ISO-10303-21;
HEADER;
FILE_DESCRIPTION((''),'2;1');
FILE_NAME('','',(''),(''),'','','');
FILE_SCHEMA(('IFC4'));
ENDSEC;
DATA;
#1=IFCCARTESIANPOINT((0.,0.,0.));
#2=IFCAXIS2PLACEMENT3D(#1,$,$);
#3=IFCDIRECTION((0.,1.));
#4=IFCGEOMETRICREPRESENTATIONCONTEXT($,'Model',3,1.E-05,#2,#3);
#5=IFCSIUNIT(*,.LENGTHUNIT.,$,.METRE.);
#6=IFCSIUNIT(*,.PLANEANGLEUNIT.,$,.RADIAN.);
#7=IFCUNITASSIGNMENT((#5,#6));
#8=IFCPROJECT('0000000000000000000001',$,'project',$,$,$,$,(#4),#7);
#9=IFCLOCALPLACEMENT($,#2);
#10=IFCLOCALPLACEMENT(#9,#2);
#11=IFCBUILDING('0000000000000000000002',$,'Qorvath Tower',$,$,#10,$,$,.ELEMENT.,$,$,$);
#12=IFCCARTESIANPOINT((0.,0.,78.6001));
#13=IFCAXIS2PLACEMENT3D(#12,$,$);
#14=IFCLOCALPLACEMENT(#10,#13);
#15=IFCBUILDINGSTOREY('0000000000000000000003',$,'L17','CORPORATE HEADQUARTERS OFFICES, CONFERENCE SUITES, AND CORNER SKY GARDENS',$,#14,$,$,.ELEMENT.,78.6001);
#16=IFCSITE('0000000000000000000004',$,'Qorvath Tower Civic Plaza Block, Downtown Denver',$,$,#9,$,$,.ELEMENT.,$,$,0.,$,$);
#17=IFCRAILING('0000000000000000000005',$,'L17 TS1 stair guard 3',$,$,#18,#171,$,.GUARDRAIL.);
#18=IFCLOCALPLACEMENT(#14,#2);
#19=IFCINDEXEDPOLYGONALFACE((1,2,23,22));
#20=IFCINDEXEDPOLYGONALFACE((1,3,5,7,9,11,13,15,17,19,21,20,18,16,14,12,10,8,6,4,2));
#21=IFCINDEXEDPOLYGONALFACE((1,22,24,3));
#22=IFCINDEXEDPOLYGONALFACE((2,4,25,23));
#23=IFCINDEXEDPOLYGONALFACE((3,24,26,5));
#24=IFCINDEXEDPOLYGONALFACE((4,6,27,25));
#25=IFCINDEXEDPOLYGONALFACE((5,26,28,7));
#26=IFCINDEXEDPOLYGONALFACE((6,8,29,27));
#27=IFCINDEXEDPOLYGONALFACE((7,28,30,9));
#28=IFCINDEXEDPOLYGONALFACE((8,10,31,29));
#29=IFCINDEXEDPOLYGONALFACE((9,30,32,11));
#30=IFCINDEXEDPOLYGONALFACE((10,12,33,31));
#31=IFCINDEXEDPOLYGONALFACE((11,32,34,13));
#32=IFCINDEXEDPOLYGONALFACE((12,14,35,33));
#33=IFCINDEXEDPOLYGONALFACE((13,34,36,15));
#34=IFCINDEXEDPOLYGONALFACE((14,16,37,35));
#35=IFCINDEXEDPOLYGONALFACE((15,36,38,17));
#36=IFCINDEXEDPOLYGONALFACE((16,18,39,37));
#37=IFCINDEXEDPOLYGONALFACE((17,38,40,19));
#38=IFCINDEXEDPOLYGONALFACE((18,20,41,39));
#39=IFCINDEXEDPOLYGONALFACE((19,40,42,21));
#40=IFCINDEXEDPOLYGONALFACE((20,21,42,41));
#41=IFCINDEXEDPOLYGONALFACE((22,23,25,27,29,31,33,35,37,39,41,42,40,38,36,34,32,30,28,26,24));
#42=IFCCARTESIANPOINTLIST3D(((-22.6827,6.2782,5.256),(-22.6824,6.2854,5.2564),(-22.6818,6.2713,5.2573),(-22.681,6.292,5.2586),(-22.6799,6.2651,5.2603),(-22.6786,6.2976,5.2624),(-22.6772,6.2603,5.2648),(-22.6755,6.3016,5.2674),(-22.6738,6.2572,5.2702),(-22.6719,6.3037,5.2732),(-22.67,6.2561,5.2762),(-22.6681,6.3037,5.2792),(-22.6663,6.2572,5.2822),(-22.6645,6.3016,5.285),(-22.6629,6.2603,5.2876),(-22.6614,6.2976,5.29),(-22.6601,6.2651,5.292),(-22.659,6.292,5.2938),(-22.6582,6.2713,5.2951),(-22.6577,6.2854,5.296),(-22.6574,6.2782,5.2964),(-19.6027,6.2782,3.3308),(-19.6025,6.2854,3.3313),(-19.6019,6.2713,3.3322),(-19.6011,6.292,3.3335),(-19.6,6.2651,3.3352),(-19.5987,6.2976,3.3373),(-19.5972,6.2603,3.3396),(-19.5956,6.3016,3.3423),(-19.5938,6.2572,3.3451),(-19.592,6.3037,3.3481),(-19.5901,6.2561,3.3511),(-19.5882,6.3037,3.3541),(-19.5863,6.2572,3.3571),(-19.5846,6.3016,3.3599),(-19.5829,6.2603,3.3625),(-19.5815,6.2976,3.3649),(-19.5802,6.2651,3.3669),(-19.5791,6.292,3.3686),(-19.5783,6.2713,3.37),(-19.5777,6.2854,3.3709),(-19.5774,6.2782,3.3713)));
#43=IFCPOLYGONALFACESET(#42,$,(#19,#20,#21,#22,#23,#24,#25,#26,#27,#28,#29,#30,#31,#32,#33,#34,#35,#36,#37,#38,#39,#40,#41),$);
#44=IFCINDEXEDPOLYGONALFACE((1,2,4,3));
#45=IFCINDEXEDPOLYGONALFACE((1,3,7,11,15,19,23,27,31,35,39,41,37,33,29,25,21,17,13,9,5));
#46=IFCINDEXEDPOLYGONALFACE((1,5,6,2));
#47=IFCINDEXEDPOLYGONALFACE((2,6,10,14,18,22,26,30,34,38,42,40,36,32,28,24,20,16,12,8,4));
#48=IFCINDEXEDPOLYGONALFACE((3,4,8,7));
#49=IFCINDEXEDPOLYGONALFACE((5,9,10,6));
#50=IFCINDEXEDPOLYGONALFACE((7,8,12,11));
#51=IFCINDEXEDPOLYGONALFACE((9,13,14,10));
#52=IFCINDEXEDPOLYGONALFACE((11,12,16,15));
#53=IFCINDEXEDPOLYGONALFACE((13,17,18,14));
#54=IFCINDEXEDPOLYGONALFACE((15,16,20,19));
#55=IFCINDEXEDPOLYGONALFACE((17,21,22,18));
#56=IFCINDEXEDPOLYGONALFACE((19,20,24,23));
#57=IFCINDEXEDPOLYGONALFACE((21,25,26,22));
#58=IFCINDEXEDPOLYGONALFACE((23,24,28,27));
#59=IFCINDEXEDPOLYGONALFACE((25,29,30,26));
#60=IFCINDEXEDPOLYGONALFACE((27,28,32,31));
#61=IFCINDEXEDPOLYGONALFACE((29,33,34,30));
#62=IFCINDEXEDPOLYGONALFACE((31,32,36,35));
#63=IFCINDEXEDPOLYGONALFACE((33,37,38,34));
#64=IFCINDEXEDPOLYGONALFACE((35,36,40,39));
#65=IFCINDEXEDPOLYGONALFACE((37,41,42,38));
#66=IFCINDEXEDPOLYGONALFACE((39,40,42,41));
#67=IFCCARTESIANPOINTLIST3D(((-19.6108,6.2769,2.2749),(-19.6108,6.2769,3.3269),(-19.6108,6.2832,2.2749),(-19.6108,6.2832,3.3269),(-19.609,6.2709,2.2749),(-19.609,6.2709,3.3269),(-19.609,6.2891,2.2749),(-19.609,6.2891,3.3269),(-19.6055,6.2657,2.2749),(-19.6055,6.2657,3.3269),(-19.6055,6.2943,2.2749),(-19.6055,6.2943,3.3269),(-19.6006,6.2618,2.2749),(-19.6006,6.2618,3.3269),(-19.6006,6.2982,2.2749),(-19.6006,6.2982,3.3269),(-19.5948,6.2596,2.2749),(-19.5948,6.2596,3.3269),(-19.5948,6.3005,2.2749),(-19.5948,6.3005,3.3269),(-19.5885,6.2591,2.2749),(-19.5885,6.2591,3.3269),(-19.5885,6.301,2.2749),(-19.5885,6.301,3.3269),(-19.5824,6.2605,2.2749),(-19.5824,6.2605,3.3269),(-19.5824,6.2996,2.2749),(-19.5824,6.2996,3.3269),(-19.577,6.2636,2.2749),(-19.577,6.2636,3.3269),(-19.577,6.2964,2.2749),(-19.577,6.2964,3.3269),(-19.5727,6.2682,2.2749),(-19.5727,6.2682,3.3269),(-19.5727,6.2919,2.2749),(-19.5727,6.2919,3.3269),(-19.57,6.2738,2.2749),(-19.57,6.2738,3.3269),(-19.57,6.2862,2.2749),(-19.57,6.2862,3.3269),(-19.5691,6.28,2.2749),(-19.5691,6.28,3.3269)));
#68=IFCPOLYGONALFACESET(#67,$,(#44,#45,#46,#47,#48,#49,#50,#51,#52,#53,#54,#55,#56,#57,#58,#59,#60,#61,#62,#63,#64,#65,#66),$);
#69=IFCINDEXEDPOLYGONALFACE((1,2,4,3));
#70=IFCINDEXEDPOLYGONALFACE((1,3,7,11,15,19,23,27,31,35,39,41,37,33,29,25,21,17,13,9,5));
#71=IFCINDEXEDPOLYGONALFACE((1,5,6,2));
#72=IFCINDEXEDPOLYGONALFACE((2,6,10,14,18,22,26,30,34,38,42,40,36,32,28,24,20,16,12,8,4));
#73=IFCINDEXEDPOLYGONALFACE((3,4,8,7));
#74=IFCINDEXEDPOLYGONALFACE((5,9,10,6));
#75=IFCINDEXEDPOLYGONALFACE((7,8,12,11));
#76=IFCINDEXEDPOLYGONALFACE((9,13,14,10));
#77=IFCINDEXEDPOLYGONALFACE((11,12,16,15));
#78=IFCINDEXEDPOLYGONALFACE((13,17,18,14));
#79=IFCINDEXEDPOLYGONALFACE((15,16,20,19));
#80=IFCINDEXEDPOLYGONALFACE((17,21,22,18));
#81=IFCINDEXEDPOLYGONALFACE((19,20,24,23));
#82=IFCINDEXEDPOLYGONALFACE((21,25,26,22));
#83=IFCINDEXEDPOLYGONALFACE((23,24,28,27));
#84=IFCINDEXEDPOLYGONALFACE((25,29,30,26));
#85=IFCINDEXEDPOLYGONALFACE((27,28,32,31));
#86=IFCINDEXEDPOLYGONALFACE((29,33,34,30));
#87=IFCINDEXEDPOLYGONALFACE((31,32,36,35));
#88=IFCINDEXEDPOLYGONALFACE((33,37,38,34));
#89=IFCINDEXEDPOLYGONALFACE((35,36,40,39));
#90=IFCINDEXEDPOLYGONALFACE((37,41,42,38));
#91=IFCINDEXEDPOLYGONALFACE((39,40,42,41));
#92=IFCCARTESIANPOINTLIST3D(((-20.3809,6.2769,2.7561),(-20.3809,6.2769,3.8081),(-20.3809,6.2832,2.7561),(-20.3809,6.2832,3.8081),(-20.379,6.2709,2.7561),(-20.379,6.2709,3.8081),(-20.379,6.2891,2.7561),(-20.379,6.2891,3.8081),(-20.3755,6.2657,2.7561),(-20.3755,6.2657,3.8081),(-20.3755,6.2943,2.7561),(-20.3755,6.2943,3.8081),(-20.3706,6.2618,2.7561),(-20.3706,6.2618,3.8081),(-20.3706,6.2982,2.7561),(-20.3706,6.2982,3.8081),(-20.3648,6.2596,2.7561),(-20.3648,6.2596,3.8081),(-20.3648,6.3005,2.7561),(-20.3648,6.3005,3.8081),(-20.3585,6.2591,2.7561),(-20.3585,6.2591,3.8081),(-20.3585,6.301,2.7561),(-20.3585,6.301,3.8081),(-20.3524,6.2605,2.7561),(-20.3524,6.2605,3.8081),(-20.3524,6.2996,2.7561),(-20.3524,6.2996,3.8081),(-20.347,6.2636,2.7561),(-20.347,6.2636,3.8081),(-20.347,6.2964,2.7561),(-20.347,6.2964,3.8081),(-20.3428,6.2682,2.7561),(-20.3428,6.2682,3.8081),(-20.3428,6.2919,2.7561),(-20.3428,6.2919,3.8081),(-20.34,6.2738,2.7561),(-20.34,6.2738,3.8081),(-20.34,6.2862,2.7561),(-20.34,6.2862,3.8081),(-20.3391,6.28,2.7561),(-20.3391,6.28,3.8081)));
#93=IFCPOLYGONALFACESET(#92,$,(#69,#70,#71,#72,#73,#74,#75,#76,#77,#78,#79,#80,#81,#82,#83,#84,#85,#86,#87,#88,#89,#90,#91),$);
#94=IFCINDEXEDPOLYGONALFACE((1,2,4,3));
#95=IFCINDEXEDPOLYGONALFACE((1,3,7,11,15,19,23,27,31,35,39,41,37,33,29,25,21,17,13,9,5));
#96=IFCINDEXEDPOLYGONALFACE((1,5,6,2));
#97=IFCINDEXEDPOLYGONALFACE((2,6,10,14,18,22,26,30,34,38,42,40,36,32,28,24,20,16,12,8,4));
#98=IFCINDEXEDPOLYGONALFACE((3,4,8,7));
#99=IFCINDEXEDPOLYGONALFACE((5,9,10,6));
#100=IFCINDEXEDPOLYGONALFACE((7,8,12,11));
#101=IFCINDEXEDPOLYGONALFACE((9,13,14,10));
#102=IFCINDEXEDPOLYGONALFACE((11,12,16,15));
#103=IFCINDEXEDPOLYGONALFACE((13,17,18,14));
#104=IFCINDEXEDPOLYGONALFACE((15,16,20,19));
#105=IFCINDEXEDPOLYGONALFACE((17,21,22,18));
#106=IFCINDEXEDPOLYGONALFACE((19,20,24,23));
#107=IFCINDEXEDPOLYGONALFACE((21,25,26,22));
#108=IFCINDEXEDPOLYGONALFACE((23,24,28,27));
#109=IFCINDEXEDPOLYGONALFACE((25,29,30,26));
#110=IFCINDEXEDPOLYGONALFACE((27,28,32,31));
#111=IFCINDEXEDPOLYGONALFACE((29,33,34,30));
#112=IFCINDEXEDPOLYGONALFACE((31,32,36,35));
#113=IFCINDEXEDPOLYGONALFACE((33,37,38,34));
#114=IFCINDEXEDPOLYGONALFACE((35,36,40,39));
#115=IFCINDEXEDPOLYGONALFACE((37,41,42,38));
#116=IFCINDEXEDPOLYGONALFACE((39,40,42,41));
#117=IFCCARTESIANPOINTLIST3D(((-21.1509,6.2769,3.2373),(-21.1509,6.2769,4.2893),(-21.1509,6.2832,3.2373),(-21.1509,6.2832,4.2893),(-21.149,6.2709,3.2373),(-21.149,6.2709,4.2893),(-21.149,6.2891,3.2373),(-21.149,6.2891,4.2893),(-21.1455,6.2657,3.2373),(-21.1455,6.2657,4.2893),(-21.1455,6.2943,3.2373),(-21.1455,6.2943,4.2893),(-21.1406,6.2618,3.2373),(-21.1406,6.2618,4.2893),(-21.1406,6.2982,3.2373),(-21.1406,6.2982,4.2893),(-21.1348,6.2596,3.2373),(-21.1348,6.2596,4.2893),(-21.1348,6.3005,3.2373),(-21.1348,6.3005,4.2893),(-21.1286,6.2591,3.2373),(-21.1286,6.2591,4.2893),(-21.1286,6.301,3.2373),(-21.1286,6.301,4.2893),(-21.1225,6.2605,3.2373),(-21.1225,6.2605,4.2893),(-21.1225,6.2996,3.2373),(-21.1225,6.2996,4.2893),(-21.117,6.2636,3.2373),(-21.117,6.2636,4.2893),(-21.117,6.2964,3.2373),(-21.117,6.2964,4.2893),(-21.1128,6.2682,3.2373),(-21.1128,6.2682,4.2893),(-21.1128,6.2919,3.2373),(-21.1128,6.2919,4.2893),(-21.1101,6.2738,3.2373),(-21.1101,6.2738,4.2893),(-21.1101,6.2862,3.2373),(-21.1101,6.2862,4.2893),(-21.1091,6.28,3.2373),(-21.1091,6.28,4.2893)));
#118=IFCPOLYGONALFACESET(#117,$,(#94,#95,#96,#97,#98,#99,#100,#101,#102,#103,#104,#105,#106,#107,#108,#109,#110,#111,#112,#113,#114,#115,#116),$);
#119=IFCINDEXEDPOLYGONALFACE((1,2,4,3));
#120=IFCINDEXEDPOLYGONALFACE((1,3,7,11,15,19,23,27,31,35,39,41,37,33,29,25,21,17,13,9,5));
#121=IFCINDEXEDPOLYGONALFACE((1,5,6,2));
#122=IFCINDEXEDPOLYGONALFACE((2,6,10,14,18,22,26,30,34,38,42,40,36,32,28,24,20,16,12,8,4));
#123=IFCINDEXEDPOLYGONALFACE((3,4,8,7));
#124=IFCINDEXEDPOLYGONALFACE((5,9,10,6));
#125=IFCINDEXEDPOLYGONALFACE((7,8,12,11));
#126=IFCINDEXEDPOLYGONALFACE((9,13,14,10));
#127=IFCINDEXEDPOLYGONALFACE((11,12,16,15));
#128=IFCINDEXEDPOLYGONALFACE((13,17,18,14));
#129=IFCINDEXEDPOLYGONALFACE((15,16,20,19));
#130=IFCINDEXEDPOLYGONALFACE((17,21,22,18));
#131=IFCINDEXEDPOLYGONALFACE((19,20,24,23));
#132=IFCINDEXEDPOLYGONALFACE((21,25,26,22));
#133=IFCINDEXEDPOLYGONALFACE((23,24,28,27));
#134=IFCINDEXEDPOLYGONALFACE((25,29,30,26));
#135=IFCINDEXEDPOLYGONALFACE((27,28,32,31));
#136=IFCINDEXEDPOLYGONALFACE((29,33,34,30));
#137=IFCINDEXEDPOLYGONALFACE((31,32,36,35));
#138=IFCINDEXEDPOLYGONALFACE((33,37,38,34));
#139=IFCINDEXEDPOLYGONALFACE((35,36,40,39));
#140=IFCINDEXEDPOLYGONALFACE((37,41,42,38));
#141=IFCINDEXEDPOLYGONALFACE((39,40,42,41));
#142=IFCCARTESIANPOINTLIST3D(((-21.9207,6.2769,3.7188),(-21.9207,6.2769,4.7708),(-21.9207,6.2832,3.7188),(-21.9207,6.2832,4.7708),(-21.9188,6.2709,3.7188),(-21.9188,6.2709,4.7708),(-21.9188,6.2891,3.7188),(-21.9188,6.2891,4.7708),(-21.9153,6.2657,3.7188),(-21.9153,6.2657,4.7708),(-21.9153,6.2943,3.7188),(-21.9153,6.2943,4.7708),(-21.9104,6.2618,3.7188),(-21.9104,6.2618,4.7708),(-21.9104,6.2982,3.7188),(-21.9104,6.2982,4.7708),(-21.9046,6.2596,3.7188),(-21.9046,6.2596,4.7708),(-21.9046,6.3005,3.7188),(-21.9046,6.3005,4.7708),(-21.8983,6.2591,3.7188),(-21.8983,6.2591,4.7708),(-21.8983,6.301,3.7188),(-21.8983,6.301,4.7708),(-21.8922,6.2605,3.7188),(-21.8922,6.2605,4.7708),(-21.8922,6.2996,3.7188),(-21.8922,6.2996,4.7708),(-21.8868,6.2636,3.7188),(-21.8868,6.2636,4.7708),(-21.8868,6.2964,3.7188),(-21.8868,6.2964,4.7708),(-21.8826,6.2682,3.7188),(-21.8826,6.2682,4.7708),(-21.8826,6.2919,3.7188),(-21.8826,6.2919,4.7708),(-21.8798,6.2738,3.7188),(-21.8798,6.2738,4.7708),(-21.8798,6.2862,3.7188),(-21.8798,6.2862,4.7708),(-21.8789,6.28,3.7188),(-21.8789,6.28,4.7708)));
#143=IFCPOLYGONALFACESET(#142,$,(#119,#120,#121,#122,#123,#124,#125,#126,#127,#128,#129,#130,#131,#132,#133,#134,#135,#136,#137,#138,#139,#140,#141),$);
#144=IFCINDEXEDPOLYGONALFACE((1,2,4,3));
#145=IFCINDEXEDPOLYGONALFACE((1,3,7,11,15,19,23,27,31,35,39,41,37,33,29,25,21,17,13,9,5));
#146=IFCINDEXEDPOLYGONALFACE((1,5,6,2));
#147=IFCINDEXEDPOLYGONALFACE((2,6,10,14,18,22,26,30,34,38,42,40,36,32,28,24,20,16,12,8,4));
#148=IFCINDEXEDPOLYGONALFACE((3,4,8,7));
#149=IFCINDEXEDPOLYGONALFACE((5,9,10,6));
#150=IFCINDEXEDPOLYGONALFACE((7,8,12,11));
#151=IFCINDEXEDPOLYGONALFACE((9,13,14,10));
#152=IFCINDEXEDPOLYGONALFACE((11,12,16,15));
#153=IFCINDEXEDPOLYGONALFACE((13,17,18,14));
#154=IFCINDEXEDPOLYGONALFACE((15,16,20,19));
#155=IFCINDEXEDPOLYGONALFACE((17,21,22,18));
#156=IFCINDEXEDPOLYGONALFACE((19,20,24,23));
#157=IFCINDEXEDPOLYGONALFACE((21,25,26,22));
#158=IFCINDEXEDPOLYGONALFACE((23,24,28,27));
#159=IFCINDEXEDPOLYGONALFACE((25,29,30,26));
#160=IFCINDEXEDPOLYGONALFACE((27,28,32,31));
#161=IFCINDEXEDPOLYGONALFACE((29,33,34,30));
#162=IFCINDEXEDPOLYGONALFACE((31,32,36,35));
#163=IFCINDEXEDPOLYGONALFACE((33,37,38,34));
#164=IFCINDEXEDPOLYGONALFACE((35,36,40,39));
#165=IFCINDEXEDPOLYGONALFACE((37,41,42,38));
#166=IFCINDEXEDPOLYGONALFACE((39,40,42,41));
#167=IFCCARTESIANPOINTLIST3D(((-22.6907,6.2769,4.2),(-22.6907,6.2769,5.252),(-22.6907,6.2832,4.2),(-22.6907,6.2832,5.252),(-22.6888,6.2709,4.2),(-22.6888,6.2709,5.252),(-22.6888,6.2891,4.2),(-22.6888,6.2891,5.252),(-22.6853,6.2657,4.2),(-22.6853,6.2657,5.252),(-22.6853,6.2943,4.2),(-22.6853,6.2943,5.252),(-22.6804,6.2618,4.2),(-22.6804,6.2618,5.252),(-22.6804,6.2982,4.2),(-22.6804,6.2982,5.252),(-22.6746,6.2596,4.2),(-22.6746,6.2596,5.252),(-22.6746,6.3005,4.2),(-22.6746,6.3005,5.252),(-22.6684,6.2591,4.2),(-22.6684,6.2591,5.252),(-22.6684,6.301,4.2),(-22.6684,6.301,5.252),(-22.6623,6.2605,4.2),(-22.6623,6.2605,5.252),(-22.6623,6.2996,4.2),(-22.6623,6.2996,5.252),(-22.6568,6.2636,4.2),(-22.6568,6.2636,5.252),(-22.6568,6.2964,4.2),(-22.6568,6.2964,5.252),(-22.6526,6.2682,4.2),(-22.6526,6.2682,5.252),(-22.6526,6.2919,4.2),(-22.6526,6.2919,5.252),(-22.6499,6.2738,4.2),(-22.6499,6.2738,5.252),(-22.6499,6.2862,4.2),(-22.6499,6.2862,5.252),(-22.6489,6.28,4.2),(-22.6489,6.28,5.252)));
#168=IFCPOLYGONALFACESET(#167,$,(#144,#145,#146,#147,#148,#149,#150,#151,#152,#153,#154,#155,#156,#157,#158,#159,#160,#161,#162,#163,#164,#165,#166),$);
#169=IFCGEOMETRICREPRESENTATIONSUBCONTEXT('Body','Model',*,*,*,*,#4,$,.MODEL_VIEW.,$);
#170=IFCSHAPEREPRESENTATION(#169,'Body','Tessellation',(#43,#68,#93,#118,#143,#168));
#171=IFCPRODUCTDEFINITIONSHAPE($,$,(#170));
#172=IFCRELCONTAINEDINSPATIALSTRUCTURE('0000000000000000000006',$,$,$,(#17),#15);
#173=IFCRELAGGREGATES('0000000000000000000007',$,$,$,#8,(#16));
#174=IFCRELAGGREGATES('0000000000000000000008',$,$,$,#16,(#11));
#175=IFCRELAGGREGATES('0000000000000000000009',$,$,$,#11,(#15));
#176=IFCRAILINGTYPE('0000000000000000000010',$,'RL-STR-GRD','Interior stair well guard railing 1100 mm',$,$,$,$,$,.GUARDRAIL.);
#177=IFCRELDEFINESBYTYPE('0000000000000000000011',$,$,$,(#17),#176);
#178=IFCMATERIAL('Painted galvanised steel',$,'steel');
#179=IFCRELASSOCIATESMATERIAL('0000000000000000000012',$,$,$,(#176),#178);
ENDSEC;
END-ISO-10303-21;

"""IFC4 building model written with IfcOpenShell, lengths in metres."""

from ifc_helpers import new_model, si_unit, direction, frame, origin, origin_2d, place, context, subcontext, project, spatial, circle, extrude, material, type_object, element, save


model = new_model("IFC4")

# Units and contexts
model_context = context("Model", 3, precision=1e-05, world=origin(), true_north=direction((0.0, 1.0)))
body_context = subcontext(model_context, "Body", "Model", "MODEL_VIEW")
ifc_project = project(units=[si_unit("LENGTHUNIT", "METRE"), si_unit("PLANEANGLEUNIT", "RADIAN")], contexts=[model_context])

# Site, building, storey
site_placement = place(None, origin())
site = spatial("IfcSite", under=ifc_project, at=site_placement, Name="Qorvath Tower Civic Plaza Block, Downtown Denver", CompositionType="ELEMENT", RefElevation=0.0)
building_placement = place(site_placement, origin())
building = spatial("IfcBuilding", under=site, at=building_placement, Name="Qorvath Tower", CompositionType="ELEMENT")
storey_placement = place(building_placement, frame((0.0, 0.0, 78.6001)))
storey = spatial("IfcBuildingStorey", under=building, at=storey_placement, Name="L17", Description="CORPORATE HEADQUARTERS OFFICES, CONFERENCE SUITES, AND CORNER SKY GARDENS", CompositionType="ELEMENT", Elevation=78.6001)

# Railing
ifc_material_1 = material(Name="Painted galvanised steel", Category="steel")
railing_type_1 = type_object("IfcRailingType", Name="RL-STR-GRD", Description="Interior stair well guard railing 1100 mm", PredefinedType="GUARDRAIL", material=ifc_material_1)
railing_1_placement = place(storey_placement, frame((-19.5901, 6.28, 2.2749)))
element("IfcRailing", 1, at=railing_1_placement, inside=storey, type_object=railing_type_1, Name="L17 TS1 stair guard 3", PredefinedType="GUARDRAIL", context=body_context, shape_type="SweptSolid", body=[
    extrude(circle(Radius=0.0239, at=origin_2d()), frame((0.0, 0.0, 1.0762), z_axis=(-0.847979, 0.0, 0.530029), x_axis=(0.0, -1.0, 0.0)), (0.0, 0.0, 1.0), 3.6321),
    extrude(circle(Radius=0.021, at=origin_2d()), origin(), (0.0, 0.0, 1.0), 1.052),
    extrude(circle(Radius=0.021, at=origin_2d()), frame((-0.77, 0.0, 0.4812)), (0.0, 0.0, 1.0), 1.052),
    extrude(circle(Radius=0.021, at=origin_2d()), frame((-1.54, 0.0, 0.9624)), (0.0, 0.0, 1.0), 1.052),
    extrude(circle(Radius=0.021, at=origin_2d()), frame((-2.3098, 0.0, 1.4438)), (0.0, 0.0, 1.0), 1.052),
    extrude(circle(Radius=0.021, at=origin_2d()), frame((-3.0798, 0.0, 1.925)), (0.0, 0.0, 1.0), 1.052),
])

save(model, "model.ifc")
